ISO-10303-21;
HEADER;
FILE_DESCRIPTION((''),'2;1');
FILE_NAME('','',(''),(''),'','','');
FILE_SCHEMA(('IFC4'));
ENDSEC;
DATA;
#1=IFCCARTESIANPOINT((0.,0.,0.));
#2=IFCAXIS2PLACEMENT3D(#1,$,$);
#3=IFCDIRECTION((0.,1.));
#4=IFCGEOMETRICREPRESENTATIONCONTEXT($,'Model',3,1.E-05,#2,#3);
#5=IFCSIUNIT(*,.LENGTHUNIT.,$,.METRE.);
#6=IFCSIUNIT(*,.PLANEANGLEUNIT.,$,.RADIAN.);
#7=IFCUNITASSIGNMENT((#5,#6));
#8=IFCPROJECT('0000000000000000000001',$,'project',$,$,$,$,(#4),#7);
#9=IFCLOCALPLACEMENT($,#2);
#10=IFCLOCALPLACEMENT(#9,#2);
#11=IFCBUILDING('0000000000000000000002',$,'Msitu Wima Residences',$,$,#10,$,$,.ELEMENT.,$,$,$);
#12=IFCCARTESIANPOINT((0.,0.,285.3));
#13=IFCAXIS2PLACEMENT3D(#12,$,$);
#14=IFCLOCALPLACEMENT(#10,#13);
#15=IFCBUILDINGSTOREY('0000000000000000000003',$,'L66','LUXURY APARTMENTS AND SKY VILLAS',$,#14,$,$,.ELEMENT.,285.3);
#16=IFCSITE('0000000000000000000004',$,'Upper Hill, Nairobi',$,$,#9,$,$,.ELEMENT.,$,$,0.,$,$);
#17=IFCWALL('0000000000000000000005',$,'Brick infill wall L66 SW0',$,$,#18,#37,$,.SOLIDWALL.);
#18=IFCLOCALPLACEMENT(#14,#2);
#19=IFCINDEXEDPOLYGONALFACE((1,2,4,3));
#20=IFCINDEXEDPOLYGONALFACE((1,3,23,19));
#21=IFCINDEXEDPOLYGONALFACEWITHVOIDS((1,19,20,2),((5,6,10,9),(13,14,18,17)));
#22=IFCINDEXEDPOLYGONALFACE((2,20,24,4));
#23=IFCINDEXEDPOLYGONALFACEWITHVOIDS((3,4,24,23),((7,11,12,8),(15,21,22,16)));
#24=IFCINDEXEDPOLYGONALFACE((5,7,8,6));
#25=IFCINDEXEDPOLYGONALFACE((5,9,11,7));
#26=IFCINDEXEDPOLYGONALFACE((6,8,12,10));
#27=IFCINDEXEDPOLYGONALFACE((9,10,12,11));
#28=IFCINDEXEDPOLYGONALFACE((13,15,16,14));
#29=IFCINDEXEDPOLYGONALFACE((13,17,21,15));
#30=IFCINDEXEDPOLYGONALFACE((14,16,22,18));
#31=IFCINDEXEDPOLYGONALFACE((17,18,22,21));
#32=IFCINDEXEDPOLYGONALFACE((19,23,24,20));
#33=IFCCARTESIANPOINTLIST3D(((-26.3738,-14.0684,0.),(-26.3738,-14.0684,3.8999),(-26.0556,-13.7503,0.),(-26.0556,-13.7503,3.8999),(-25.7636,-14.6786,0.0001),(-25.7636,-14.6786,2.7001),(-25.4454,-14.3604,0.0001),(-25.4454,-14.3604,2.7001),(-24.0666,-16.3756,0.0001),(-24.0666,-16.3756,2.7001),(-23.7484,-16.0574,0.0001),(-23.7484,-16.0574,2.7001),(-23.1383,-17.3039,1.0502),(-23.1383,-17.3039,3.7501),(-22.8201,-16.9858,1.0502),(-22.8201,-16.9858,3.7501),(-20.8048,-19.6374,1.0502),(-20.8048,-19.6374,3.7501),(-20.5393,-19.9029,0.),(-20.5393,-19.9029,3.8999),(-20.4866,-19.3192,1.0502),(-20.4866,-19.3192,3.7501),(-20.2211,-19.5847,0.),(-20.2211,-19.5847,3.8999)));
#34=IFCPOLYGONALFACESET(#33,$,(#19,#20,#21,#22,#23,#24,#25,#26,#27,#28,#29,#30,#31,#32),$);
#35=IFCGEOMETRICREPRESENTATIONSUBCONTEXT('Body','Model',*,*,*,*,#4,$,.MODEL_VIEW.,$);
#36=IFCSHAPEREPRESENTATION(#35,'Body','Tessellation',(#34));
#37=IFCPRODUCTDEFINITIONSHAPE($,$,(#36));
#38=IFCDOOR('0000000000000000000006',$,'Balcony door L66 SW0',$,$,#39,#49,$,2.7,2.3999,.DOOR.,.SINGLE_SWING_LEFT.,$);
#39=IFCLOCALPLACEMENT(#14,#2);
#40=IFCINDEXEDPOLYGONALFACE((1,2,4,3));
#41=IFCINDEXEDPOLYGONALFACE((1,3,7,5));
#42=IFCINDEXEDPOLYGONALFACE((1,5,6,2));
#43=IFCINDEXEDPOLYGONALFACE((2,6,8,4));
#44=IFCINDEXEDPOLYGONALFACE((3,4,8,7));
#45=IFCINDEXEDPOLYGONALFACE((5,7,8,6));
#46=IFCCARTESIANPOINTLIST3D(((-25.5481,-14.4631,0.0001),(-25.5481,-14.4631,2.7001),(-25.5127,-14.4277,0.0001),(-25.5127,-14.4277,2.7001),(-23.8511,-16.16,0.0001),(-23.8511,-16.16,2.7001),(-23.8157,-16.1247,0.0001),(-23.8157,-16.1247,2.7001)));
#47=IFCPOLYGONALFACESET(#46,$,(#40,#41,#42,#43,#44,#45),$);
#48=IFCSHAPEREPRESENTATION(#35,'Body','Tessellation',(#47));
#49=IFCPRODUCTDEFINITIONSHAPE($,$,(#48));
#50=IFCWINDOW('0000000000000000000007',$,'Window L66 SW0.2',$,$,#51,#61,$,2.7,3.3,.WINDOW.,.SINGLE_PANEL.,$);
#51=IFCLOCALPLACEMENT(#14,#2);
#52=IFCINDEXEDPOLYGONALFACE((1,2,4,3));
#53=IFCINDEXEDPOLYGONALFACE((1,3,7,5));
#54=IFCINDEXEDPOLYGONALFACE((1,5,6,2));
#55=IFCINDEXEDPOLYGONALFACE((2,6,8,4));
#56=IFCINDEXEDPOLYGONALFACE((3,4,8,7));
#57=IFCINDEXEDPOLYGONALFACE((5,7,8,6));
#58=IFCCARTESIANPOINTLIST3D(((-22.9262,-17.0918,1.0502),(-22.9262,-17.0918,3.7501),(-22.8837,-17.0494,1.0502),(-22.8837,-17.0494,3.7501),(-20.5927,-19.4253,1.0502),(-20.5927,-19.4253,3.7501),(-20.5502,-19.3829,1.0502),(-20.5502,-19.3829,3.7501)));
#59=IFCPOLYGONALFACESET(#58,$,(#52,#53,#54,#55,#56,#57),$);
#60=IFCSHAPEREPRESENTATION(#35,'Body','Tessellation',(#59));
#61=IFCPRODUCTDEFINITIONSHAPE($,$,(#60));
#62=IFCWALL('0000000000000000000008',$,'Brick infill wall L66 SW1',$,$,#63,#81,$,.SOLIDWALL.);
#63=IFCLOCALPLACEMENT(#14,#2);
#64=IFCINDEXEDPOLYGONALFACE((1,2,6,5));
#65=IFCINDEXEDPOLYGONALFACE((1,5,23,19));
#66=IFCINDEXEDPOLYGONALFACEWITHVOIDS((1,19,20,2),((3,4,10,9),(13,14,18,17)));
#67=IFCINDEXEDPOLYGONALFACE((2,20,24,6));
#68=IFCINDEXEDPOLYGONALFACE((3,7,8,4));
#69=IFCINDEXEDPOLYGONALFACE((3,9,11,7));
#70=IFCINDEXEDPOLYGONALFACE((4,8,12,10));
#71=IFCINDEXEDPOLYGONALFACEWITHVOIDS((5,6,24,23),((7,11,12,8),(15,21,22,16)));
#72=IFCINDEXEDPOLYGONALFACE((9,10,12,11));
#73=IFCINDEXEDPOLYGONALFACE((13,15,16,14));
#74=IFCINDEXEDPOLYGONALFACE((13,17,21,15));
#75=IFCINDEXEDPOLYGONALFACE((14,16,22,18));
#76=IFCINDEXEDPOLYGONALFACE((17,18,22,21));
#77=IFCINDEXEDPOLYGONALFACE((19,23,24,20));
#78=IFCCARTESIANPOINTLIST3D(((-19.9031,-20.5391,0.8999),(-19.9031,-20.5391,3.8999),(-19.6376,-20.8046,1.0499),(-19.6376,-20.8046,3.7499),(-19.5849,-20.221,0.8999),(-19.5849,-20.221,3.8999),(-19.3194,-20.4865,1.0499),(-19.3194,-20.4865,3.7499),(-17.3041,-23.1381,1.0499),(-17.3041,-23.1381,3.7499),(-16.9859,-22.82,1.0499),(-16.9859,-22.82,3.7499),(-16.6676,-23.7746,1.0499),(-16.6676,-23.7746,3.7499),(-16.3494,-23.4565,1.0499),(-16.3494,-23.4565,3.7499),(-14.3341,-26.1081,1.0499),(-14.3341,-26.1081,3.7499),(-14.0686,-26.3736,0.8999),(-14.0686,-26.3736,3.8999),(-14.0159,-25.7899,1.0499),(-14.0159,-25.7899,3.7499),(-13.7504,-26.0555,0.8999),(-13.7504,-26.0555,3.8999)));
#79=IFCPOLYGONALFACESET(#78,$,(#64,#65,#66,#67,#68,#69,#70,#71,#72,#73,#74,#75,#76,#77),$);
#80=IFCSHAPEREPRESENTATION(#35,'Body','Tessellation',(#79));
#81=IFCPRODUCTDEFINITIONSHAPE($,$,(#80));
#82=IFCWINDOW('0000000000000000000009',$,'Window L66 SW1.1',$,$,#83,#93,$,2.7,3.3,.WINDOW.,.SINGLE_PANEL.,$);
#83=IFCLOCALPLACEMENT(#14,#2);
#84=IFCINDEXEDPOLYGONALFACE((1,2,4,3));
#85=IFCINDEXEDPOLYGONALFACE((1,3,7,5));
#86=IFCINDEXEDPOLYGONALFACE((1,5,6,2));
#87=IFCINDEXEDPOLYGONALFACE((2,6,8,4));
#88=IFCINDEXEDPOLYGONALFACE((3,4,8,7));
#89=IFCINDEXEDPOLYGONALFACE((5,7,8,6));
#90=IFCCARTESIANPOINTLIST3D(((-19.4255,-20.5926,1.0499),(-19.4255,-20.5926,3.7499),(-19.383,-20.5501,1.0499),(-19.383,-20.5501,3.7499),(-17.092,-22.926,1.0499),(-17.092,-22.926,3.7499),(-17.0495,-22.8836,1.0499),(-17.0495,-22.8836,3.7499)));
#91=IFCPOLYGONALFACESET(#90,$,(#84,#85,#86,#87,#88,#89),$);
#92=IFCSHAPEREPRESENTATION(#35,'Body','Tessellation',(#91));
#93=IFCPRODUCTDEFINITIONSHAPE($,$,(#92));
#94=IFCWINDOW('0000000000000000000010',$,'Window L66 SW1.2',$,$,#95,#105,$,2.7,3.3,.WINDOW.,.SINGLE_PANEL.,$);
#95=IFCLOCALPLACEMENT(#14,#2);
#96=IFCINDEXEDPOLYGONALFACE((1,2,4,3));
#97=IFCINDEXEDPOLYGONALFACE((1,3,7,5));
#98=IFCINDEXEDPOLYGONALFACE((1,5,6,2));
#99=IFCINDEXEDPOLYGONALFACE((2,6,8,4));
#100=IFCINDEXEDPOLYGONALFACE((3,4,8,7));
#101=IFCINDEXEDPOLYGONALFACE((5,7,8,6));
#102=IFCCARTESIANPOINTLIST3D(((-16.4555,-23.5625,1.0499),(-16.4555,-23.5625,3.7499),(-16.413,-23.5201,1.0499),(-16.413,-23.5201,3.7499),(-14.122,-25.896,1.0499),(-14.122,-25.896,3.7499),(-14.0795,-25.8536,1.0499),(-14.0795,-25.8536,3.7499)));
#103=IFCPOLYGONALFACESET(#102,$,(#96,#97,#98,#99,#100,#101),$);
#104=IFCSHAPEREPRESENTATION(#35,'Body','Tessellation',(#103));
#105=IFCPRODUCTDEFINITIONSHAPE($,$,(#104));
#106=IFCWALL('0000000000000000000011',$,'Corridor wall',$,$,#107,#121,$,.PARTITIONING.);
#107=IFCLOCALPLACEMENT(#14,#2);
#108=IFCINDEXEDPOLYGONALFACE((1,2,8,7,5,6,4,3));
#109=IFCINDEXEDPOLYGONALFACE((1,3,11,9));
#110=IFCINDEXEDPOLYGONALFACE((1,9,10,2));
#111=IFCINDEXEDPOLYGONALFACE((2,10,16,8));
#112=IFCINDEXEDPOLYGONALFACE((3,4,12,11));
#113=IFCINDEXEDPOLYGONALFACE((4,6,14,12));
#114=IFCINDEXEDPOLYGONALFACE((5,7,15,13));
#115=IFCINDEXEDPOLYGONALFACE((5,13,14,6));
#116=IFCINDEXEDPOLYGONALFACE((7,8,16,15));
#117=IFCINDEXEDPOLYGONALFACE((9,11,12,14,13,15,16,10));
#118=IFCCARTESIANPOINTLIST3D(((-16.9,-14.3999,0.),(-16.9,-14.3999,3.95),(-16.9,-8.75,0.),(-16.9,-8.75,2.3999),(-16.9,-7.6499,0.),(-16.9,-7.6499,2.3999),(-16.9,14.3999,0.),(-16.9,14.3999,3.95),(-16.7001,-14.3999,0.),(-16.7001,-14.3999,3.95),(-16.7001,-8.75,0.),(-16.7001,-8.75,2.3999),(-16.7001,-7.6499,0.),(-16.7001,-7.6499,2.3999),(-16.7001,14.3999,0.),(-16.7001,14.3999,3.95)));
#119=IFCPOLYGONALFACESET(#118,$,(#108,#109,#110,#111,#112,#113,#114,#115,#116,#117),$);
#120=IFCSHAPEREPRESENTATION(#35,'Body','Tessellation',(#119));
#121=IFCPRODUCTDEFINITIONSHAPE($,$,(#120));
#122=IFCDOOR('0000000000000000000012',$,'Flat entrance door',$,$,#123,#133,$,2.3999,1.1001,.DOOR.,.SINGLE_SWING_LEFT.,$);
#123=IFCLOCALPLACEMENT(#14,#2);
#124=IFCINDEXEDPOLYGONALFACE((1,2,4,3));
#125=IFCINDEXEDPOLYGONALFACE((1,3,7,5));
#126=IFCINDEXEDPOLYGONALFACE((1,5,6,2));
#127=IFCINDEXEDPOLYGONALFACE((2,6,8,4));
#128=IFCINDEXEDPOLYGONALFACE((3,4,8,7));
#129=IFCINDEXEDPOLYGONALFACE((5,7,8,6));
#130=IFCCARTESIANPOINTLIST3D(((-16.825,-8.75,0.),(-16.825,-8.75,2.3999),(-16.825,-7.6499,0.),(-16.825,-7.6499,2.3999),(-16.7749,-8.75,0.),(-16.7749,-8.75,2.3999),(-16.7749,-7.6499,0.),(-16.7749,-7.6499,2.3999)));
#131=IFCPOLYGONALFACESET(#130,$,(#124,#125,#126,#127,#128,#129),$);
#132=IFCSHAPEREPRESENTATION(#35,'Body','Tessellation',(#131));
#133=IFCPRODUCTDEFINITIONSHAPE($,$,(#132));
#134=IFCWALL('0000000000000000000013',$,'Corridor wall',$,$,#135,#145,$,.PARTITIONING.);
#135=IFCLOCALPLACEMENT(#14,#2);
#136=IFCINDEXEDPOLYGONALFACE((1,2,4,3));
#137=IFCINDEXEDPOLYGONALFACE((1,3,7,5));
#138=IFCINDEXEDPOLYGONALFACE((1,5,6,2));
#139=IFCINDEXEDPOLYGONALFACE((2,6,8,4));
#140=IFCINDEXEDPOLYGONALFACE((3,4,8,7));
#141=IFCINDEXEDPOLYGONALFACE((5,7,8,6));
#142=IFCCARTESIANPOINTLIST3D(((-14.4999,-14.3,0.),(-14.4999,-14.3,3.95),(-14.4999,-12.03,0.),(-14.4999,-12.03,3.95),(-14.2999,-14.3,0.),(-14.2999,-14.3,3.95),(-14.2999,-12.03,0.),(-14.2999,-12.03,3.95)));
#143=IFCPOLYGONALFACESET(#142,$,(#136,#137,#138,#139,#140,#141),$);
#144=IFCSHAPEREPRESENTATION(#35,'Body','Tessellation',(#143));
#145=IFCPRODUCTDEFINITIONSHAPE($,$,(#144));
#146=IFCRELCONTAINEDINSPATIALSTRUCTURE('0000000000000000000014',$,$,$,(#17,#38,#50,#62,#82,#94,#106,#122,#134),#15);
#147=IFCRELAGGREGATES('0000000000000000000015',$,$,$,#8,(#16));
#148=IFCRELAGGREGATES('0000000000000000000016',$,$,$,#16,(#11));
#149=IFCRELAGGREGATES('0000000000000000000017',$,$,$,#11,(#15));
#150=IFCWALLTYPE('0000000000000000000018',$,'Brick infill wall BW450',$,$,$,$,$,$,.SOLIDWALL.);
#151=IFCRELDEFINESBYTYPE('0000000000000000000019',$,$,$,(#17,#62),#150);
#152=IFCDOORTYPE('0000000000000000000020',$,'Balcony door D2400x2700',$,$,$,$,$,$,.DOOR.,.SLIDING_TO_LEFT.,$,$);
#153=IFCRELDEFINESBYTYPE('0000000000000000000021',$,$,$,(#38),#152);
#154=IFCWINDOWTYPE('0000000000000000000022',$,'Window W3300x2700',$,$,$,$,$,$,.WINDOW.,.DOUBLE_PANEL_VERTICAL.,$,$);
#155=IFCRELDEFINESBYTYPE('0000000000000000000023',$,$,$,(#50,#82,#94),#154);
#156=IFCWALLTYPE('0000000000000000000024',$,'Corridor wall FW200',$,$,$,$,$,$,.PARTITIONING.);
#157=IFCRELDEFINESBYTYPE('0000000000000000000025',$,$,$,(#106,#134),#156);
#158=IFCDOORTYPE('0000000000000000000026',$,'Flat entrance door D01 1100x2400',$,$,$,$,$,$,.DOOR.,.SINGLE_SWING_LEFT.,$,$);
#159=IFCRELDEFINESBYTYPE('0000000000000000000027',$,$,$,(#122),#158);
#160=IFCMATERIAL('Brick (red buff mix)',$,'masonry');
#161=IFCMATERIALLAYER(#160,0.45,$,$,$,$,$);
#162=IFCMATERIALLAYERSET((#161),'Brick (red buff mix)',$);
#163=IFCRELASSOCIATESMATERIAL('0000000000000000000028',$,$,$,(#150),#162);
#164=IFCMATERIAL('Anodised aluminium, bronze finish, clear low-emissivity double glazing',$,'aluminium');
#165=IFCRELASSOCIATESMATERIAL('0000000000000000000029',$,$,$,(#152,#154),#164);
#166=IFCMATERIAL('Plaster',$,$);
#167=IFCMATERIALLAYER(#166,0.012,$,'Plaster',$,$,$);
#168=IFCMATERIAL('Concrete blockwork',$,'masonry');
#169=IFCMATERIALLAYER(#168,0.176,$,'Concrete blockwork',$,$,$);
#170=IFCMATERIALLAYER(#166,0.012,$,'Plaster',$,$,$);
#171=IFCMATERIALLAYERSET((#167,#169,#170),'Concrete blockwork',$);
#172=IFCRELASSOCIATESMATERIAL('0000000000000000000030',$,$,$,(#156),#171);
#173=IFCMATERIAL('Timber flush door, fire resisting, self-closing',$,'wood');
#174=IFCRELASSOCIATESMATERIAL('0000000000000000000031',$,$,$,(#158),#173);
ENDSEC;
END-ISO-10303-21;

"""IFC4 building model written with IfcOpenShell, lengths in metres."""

from ifc_helpers import new_model, si_unit, direction, frame, frame_2d, origin, place, context, subcontext, project, spatial, rectangle, extrude, material, layer, layer_set, type_object, element, fill, save


model = new_model("IFC4")

# Units and contexts
model_context = context("Model", 3, precision=1e-05, world=origin(), true_north=direction((0.0, 1.0)))
body_context = subcontext(model_context, "Body", "Model", "MODEL_VIEW")
ifc_project = project(units=[si_unit("LENGTHUNIT", "METRE"), si_unit("PLANEANGLEUNIT", "RADIAN")], contexts=[model_context])

# Site, building, storey
site_placement = place(None, origin())
site = spatial("IfcSite", under=ifc_project, at=site_placement, Name="Upper Hill, Nairobi", CompositionType="ELEMENT", RefElevation=0.0)
building_placement = place(site_placement, origin())
building = spatial("IfcBuilding", under=site, at=building_placement, Name="Msitu Wima Residences", CompositionType="ELEMENT")
storey_placement = place(building_placement, frame((0.0, 0.0, 285.3)))
storey = spatial("IfcBuildingStorey", under=building, at=storey_placement, Name="L66", Description="LUXURY APARTMENTS AND SKY VILLAS", CompositionType="ELEMENT", Elevation=285.3)

# Wall, openings, door, window
ifc_material_1 = material(Name="Brick (red buff mix)", Category="masonry")
ifc_layer_1 = layer(ifc_material_1, 0.45)
ifc_layer_set_1 = layer_set([ifc_layer_1], Name="Brick (red buff mix)")
wall_type_1 = type_object("IfcWallType", Name="Brick infill wall BW450", PredefinedType="SOLIDWALL", material=ifc_layer_set_1)
wall_1_placement = place(storey_placement, frame((-26.2146, -13.9094, 0.0), z_axis=(0.0, 0.0, 1.0), x_axis=(0.707107, -0.707107, 0.0)))
wall_1 = element("IfcWall", 1, at=wall_1_placement, inside=storey, type_object=wall_type_1, Name="Brick infill wall L66 SW0", PredefinedType="SOLIDWALL", context=body_context, shape_type="SweptSolid", body=[
    extrude(rectangle(XDim=8.2512, YDim=0.45, at=frame_2d((4.1255, 0.0))), origin(), (0.0, 0.0, 1.0), 3.8999),
])
opening_1_placement = place(wall_1_placement, frame((0.8628, 0.0, 0.0)))
opening_1 = element("IfcOpeningElement", 2, at=opening_1_placement, cuts=wall_1, PredefinedType="OPENING", context=body_context, shape_type="SweptSolid", body=[
    extrude(rectangle(XDim=2.3999, YDim=2.7, at=frame_2d((1.2, 1.3501))), frame((0.0, 0.2349, 0.0), z_axis=(0.0, -1.0, 0.0), x_axis=(1.0, 0.0, 0.0)), (0.0, 0.0, 1.0), 0.47),
])
opening_2_placement = place(wall_1_placement, frame((4.5757, 0.0, 1.05)))
opening_2 = element("IfcOpeningElement", 3, at=opening_2_placement, cuts=wall_1, PredefinedType="OPENING", context=body_context, shape_type="SweptSolid", body=[
    extrude(rectangle(XDim=3.3, YDim=2.7, at=frame_2d((1.6499, 1.3501))), frame((0.0, 0.2349, 0.0), z_axis=(0.0, -1.0, 0.0), x_axis=(1.0, 0.0, 0.0)), (0.0, 0.0, 1.0), 0.47),
])
ifc_material_2 = material(Name="Anodised aluminium, bronze finish, clear low-emissivity double glazing", Category="aluminium")
door_type_1 = type_object("IfcDoorType", Name="Balcony door D2400x2700", OperationType="SLIDING_TO_LEFT", PredefinedType="DOOR", material=ifc_material_2)
door_1_placement = place(opening_1_placement, origin())
door_1 = element("IfcDoor", 4, at=door_1_placement, inside=storey, type_object=door_type_1, Name="Balcony door L66 SW0", OperationType="SINGLE_SWING_LEFT", OverallHeight=2.7, OverallWidth=2.3999, PredefinedType="DOOR", context=body_context, shape_type="SweptSolid", body=[
    extrude(rectangle(XDim=2.3999, YDim=2.7, at=frame_2d((1.2, 1.3501))), frame((0.0, 0.1299, 0.0), z_axis=(0.0, -1.0, 0.0), x_axis=(1.0, 0.0, 0.0)), (0.0, 0.0, 1.0), 0.05),
])
fill(opening_1, door_1)
window_type = type_object("IfcWindowType", Name="Window W3300x2700", PartitioningType="DOUBLE_PANEL_VERTICAL", PredefinedType="WINDOW", material=ifc_material_2)
window_1_placement = place(opening_2_placement, origin())
window_1 = element("IfcWindow", 5, at=window_1_placement, inside=storey, type_object=window_type, Name="Window L66 SW0.2", OverallHeight=2.7, OverallWidth=3.3, PartitioningType="SINGLE_PANEL", PredefinedType="WINDOW", context=body_context, shape_type="SweptSolid", body=[
    extrude(rectangle(XDim=3.3, YDim=2.7, at=frame_2d((1.6499, 1.3501))), frame((0.0, 0.135, 0.0), z_axis=(0.0, -1.0, 0.0), x_axis=(1.0, 0.0, 0.0)), (0.0, 0.0, 1.0), 0.0601),
])
fill(opening_2, window_1)

# Wall, openings, windows
wall_2_placement = place(storey_placement, frame((-19.7439, -20.3801, 0.8999), z_axis=(0.0, 0.0, 1.0), x_axis=(0.707107, -0.707107, 0.0)))
wall_2 = element("IfcWall", 6, at=wall_2_placement, inside=storey, type_object=wall_type_1, Name="Brick infill wall L66 SW1", PredefinedType="SOLIDWALL", context=body_context, shape_type="SweptSolid", body=[
    extrude(rectangle(XDim=8.2512, YDim=0.45, at=frame_2d((4.1255, 0.0))), origin(), (0.0, 0.0, 1.0), 3.0),
])
opening_3_placement = place(wall_2_placement, frame((0.3755, 0.0, 0.1499)))
opening_3 = element("IfcOpeningElement", 7, at=opening_3_placement, cuts=wall_2, PredefinedType="OPENING", context=body_context, shape_type="SweptSolid", body=[
    extrude(rectangle(XDim=3.3, YDim=2.7, at=frame_2d((1.6499, 1.3501))), frame((0.0, 0.2349, 0.0), z_axis=(0.0, -1.0, 0.0), x_axis=(1.0, 0.0, 0.0)), (0.0, 0.0, 1.0), 0.47),
])
opening_4_placement = place(wall_2_placement, frame((4.5757, 0.0, 0.1499)))
opening_4 = element("IfcOpeningElement", 8, at=opening_4_placement, cuts=wall_2, PredefinedType="OPENING", context=body_context, shape_type="SweptSolid", body=[
    extrude(rectangle(XDim=3.3, YDim=2.7, at=frame_2d((1.6499, 1.3501))), frame((0.0, 0.2349, 0.0), z_axis=(0.0, -1.0, 0.0), x_axis=(1.0, 0.0, 0.0)), (0.0, 0.0, 1.0), 0.47),
])
window_2_placement = place(opening_3_placement, origin())
window_2 = element("IfcWindow", 9, at=window_2_placement, inside=storey, type_object=window_type, Name="Window L66 SW1.1", OverallHeight=2.7, OverallWidth=3.3, PartitioningType="SINGLE_PANEL", PredefinedType="WINDOW", context=body_context, shape_type="SweptSolid", body=[
    extrude(rectangle(XDim=3.3, YDim=2.7, at=frame_2d((1.6499, 1.3501))), frame((0.0, 0.135, 0.0), z_axis=(0.0, -1.0, 0.0), x_axis=(1.0, 0.0, 0.0)), (0.0, 0.0, 1.0), 0.0601),
])
fill(opening_3, window_2)
window_3_placement = place(opening_4_placement, origin())
window_3 = element("IfcWindow", 10, at=window_3_placement, inside=storey, type_object=window_type, Name="Window L66 SW1.2", OverallHeight=2.7, OverallWidth=3.3, PartitioningType="SINGLE_PANEL", PredefinedType="WINDOW", context=body_context, shape_type="SweptSolid", body=[
    extrude(rectangle(XDim=3.3, YDim=2.7, at=frame_2d((1.6499, 1.3501))), frame((0.0, 0.135, 0.0), z_axis=(0.0, -1.0, 0.0), x_axis=(1.0, 0.0, 0.0)), (0.0, 0.0, 1.0), 0.0601),
])
fill(opening_4, window_3)

# Wall, opening, door
ifc_material_3 = material(Name="Plaster")
ifc_layer_2 = layer(ifc_material_3, 0.012, Name="Plaster")
ifc_material_4 = material(Name="Concrete blockwork", Category="masonry")
ifc_layer_3 = layer(ifc_material_4, 0.176, Name="Concrete blockwork")
ifc_layer_4 = layer(ifc_material_3, 0.012, Name="Plaster")
ifc_layer_set_2 = layer_set([ifc_layer_2, ifc_layer_3, ifc_layer_4], Name="Concrete blockwork")
wall_type_2 = type_object("IfcWallType", Name="Corridor wall FW200", PredefinedType="PARTITIONING", material=ifc_layer_set_2)
wall_3_placement = place(storey_placement, frame((-16.8, -14.3999, 0.0), z_axis=(0.0, 0.0, 1.0), x_axis=(0.0, 1.0, 0.0)))
wall_3 = element("IfcWall", 11, at=wall_3_placement, inside=storey, type_object=wall_type_2, Name="Corridor wall", PredefinedType="PARTITIONING", context=body_context, shape_type="SweptSolid", body=[
    extrude(rectangle(XDim=28.7998, YDim=0.2, at=frame_2d((14.3999, 0.0))), origin(), (0.0, 0.0, 1.0), 3.95),
])
opening_5_placement = place(wall_3_placement, frame((5.6499, 0.0, 0.0)))
opening_5 = element("IfcOpeningElement", 12, at=opening_5_placement, cuts=wall_3, PredefinedType="OPENING", context=body_context, shape_type="SweptSolid", body=[
    extrude(rectangle(XDim=1.1001, YDim=2.3999, at=frame_2d((0.55, 1.2))), frame((0.0, 0.1099, 0.0), z_axis=(0.0, -1.0, 0.0), x_axis=(1.0, 0.0, 0.0)), (0.0, 0.0, 1.0), 0.22),
])
ifc_material_5 = material(Name="Timber flush door, fire resisting, self-closing", Category="wood")
door_type_2 = type_object("IfcDoorType", Name="Flat entrance door D01 1100x2400", OperationType="SINGLE_SWING_LEFT", PredefinedType="DOOR", material=ifc_material_5)
door_2_placement = place(opening_5_placement, origin())
door_2 = element("IfcDoor", 13, at=door_2_placement, inside=storey, type_object=door_type_2, Name="Flat entrance door", OperationType="SINGLE_SWING_LEFT", OverallHeight=2.3999, OverallWidth=1.1001, PredefinedType="DOOR", context=body_context, shape_type="SweptSolid", body=[
    extrude(rectangle(XDim=1.1001, YDim=2.3999, at=frame_2d((0.55, 1.2))), frame((0.0, 0.0249, 0.0), z_axis=(0.0, -1.0, 0.0), x_axis=(1.0, 0.0, 0.0)), (0.0, 0.0, 1.0), 0.05),
])
fill(opening_5, door_2)

# Wall
wall_4_placement = place(storey_placement, frame((-14.3999, -14.3, 0.0), z_axis=(0.0, 0.0, 1.0), x_axis=(0.0, 1.0, 0.0)))
element("IfcWall", 14, at=wall_4_placement, inside=storey, type_object=wall_type_2, Name="Corridor wall", PredefinedType="PARTITIONING", context=body_context, shape_type="SweptSolid", body=[
    extrude(rectangle(XDim=2.27, YDim=0.2, at=frame_2d((1.135, 0.0))), origin(), (0.0, 0.0, 1.0), 3.95),
])

save(model, "model.ifc")
